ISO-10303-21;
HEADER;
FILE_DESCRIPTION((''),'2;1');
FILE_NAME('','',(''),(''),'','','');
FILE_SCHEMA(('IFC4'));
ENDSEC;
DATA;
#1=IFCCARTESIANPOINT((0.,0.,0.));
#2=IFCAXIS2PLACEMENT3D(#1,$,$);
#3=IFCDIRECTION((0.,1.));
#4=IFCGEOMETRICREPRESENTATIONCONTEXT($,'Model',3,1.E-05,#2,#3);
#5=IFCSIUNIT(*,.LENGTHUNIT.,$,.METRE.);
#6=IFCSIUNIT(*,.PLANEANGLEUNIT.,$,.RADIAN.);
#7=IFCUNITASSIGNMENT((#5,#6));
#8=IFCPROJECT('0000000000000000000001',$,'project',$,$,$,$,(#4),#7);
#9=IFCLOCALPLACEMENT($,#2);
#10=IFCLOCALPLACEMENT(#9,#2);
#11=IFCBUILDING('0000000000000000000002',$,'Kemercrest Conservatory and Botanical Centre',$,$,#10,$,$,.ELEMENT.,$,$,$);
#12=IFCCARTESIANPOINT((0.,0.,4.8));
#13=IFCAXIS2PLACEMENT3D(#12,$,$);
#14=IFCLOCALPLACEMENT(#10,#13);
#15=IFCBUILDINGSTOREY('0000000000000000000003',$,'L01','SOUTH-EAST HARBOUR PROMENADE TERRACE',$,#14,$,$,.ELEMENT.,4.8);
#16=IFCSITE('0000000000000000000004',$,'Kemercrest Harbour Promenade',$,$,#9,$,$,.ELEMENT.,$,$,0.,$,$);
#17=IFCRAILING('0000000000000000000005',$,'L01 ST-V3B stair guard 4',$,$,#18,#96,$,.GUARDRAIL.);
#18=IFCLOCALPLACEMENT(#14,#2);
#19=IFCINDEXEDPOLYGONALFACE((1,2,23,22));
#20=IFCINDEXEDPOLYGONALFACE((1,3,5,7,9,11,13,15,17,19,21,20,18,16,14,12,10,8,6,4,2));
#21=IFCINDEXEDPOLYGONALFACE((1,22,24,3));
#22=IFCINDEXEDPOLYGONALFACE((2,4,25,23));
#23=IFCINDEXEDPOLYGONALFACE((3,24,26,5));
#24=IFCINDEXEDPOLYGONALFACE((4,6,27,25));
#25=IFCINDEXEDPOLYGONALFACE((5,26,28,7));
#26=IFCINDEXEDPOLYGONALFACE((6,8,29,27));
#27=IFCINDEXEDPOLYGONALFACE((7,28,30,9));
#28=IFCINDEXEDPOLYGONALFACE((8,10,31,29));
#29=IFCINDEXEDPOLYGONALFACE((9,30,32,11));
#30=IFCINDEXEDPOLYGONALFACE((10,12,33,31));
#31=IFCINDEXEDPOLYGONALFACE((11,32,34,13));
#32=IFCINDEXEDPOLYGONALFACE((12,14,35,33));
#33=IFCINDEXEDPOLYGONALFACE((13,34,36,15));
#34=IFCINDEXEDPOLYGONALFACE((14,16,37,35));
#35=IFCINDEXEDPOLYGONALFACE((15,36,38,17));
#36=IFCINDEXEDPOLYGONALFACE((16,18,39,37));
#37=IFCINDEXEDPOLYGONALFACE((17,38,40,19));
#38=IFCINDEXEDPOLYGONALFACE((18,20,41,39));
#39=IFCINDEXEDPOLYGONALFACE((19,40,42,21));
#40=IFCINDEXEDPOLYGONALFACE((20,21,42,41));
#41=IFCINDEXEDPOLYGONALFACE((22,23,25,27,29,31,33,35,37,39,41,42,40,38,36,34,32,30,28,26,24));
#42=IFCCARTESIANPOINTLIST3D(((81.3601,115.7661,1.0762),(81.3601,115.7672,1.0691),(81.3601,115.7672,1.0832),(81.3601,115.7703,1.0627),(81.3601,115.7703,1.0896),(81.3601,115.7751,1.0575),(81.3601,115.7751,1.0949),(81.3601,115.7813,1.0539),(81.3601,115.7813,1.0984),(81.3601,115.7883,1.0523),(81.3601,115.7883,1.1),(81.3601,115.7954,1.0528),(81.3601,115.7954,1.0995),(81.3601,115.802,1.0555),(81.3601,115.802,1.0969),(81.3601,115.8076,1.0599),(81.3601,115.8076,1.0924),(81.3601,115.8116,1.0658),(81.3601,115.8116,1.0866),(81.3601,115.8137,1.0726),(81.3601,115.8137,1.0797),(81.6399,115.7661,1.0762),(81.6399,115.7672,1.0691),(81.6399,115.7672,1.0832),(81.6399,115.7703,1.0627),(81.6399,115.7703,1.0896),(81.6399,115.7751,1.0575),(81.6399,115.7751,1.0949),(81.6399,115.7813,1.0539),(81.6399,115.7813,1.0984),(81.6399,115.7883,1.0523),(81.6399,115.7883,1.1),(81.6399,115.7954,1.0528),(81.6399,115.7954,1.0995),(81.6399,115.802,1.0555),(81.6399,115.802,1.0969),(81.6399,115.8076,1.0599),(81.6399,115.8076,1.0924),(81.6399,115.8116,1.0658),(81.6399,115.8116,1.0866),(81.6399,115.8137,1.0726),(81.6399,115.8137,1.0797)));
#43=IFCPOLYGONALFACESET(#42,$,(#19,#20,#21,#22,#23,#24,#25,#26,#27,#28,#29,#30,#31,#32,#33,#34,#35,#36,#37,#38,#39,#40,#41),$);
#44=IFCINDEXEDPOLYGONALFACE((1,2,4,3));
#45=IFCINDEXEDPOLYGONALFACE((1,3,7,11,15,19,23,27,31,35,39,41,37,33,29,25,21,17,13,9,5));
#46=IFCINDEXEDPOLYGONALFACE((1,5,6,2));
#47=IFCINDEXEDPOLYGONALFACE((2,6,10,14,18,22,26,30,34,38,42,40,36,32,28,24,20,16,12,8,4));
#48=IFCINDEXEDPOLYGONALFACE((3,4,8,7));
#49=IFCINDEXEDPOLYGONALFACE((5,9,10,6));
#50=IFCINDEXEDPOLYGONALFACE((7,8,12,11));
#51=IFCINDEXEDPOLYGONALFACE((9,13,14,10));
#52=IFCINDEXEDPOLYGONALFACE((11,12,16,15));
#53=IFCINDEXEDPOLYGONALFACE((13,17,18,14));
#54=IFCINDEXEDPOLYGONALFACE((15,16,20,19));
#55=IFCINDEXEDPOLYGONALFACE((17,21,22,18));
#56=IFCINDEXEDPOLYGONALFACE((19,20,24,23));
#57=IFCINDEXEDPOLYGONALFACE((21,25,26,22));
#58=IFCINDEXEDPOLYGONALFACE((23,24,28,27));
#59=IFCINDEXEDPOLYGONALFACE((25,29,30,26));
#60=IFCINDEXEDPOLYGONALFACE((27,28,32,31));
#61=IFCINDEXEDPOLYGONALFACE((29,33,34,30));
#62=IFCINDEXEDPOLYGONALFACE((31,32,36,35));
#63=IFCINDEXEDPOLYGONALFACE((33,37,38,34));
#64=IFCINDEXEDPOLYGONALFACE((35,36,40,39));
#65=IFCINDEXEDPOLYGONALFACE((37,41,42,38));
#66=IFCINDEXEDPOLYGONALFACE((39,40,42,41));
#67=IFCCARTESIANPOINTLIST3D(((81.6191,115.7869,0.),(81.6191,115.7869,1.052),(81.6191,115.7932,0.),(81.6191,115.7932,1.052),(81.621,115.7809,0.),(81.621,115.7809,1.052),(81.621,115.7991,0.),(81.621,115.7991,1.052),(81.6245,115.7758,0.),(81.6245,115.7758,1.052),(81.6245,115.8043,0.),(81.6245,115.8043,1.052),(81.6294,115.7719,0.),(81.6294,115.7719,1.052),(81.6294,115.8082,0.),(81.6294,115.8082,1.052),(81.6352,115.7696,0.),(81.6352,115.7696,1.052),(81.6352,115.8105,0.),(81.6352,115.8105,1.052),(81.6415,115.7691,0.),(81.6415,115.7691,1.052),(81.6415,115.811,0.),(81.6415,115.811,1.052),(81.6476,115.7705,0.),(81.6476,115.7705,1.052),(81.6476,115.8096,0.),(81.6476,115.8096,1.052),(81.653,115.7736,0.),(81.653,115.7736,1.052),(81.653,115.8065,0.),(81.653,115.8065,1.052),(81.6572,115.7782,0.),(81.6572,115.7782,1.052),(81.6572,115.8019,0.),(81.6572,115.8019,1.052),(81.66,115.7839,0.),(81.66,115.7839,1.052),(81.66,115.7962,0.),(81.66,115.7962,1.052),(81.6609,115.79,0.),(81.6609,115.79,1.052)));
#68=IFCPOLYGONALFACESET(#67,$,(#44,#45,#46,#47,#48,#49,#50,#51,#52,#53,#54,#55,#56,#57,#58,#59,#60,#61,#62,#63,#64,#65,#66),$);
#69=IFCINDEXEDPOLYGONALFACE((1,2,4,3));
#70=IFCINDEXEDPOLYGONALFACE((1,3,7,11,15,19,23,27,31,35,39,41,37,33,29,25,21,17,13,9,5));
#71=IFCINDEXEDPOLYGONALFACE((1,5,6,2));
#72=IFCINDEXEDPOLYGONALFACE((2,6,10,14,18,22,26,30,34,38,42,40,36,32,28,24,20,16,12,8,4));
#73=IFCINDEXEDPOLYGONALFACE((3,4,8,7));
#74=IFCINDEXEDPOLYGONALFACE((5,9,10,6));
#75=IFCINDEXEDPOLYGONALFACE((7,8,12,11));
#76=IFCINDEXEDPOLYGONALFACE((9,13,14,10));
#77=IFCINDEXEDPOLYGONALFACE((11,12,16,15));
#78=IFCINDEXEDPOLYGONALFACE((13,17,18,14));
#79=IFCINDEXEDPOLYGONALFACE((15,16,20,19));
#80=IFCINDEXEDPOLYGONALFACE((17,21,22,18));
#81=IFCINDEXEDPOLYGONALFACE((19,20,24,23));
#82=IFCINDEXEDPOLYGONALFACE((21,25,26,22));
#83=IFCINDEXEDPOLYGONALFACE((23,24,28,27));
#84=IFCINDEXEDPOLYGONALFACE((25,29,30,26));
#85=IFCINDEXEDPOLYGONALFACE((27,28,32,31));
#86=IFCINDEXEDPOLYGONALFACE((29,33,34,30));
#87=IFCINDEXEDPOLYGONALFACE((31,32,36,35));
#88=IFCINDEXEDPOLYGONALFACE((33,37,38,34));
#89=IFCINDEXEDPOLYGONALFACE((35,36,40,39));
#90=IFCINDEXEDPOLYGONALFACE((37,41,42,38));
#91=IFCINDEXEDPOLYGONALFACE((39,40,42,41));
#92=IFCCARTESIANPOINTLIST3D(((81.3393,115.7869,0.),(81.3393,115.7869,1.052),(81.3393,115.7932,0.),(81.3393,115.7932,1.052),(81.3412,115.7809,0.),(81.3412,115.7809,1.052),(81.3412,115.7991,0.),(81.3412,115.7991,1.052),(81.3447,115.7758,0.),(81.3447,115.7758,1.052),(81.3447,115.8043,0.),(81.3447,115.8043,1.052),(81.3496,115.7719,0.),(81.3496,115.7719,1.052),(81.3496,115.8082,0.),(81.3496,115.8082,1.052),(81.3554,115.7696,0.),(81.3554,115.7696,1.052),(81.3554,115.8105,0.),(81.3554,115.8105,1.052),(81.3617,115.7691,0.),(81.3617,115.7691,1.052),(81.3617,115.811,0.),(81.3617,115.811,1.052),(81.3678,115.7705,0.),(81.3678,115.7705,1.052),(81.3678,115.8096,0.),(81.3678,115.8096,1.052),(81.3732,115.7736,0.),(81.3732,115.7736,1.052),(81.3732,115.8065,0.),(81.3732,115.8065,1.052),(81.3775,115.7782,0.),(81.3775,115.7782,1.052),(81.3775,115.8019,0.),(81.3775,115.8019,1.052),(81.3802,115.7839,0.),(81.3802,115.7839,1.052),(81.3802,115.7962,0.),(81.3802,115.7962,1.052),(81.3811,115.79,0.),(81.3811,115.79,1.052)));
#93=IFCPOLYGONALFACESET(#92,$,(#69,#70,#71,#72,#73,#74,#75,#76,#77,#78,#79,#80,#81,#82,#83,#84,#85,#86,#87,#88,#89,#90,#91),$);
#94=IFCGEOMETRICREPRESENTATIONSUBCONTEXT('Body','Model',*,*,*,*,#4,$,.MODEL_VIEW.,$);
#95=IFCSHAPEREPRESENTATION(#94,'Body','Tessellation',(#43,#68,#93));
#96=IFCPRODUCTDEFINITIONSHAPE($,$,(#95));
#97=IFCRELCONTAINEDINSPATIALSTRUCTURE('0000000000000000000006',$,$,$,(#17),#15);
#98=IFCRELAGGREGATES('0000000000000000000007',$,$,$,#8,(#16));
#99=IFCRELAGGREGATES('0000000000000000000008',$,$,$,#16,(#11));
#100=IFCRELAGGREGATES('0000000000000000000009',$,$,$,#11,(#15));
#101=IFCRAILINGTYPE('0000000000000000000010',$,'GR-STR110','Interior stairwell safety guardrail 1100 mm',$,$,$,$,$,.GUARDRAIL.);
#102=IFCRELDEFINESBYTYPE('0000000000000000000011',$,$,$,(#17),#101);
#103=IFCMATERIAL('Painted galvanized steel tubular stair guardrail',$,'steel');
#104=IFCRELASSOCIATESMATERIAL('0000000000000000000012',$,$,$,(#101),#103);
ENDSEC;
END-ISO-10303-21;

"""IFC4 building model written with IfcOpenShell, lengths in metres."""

from ifc_helpers import new_model, si_unit, direction, frame, origin, origin_2d, place, context, subcontext, project, spatial, circle, extrude, material, type_object, element, save


model = new_model("IFC4")

# Units and contexts
model_context = context("Model", 3, precision=1e-05, world=origin(), true_north=direction((0.0, 1.0)))
body_context = subcontext(model_context, "Body", "Model", "MODEL_VIEW")
ifc_project = project(units=[si_unit("LENGTHUNIT", "METRE"), si_unit("PLANEANGLEUNIT", "RADIAN")], contexts=[model_context])

# Site, building, storey
site_placement = place(None, origin())
site = spatial("IfcSite", under=ifc_project, at=site_placement, Name="Kemercrest Harbour Promenade", CompositionType="ELEMENT", RefElevation=0.0)
building_placement = place(site_placement, origin())
building = spatial("IfcBuilding", under=site, at=building_placement, Name="Kemercrest Conservatory and Botanical Centre", CompositionType="ELEMENT")
storey_placement = place(building_placement, frame((0.0, 0.0, 4.8)))
storey = spatial("IfcBuildingStorey", under=building, at=storey_placement, Name="L01", Description="SOUTH-EAST HARBOUR PROMENADE TERRACE", CompositionType="ELEMENT", Elevation=4.8)

# Railing
ifc_material_1 = material(Name="Painted galvanized steel tubular stair guardrail", Category="steel")
railing_type_1 = type_object("IfcRailingType", Name="GR-STR110", Description="Interior stairwell safety guardrail 1100 mm", PredefinedType="GUARDRAIL", material=ifc_material_1)
railing_1_placement = place(storey_placement, frame((81.6399, 115.79, 0.0)))
element("IfcRailing", 1, at=railing_1_placement, inside=storey, type_object=railing_type_1, Name="L01 ST-V3B stair guard 4", PredefinedType="GUARDRAIL", context=body_context, shape_type="SweptSolid", body=[
    extrude(circle(Radius=0.0239, at=origin_2d()), frame((0.0, 0.0, 1.0762), z_axis=(-1.0, 0.0, 0.0), x_axis=(0.0, -1.0, 0.0)), (0.0, 0.0, 1.0), 0.2798),
    extrude(circle(Radius=0.021, at=origin_2d()), origin(), (0.0, 0.0, 1.0), 1.052),
    extrude(circle(Radius=0.021, at=origin_2d()), frame((-0.2798, 0.0, 0.0)), (0.0, 0.0, 1.0), 1.052),
])

save(model, "model.ifc")
